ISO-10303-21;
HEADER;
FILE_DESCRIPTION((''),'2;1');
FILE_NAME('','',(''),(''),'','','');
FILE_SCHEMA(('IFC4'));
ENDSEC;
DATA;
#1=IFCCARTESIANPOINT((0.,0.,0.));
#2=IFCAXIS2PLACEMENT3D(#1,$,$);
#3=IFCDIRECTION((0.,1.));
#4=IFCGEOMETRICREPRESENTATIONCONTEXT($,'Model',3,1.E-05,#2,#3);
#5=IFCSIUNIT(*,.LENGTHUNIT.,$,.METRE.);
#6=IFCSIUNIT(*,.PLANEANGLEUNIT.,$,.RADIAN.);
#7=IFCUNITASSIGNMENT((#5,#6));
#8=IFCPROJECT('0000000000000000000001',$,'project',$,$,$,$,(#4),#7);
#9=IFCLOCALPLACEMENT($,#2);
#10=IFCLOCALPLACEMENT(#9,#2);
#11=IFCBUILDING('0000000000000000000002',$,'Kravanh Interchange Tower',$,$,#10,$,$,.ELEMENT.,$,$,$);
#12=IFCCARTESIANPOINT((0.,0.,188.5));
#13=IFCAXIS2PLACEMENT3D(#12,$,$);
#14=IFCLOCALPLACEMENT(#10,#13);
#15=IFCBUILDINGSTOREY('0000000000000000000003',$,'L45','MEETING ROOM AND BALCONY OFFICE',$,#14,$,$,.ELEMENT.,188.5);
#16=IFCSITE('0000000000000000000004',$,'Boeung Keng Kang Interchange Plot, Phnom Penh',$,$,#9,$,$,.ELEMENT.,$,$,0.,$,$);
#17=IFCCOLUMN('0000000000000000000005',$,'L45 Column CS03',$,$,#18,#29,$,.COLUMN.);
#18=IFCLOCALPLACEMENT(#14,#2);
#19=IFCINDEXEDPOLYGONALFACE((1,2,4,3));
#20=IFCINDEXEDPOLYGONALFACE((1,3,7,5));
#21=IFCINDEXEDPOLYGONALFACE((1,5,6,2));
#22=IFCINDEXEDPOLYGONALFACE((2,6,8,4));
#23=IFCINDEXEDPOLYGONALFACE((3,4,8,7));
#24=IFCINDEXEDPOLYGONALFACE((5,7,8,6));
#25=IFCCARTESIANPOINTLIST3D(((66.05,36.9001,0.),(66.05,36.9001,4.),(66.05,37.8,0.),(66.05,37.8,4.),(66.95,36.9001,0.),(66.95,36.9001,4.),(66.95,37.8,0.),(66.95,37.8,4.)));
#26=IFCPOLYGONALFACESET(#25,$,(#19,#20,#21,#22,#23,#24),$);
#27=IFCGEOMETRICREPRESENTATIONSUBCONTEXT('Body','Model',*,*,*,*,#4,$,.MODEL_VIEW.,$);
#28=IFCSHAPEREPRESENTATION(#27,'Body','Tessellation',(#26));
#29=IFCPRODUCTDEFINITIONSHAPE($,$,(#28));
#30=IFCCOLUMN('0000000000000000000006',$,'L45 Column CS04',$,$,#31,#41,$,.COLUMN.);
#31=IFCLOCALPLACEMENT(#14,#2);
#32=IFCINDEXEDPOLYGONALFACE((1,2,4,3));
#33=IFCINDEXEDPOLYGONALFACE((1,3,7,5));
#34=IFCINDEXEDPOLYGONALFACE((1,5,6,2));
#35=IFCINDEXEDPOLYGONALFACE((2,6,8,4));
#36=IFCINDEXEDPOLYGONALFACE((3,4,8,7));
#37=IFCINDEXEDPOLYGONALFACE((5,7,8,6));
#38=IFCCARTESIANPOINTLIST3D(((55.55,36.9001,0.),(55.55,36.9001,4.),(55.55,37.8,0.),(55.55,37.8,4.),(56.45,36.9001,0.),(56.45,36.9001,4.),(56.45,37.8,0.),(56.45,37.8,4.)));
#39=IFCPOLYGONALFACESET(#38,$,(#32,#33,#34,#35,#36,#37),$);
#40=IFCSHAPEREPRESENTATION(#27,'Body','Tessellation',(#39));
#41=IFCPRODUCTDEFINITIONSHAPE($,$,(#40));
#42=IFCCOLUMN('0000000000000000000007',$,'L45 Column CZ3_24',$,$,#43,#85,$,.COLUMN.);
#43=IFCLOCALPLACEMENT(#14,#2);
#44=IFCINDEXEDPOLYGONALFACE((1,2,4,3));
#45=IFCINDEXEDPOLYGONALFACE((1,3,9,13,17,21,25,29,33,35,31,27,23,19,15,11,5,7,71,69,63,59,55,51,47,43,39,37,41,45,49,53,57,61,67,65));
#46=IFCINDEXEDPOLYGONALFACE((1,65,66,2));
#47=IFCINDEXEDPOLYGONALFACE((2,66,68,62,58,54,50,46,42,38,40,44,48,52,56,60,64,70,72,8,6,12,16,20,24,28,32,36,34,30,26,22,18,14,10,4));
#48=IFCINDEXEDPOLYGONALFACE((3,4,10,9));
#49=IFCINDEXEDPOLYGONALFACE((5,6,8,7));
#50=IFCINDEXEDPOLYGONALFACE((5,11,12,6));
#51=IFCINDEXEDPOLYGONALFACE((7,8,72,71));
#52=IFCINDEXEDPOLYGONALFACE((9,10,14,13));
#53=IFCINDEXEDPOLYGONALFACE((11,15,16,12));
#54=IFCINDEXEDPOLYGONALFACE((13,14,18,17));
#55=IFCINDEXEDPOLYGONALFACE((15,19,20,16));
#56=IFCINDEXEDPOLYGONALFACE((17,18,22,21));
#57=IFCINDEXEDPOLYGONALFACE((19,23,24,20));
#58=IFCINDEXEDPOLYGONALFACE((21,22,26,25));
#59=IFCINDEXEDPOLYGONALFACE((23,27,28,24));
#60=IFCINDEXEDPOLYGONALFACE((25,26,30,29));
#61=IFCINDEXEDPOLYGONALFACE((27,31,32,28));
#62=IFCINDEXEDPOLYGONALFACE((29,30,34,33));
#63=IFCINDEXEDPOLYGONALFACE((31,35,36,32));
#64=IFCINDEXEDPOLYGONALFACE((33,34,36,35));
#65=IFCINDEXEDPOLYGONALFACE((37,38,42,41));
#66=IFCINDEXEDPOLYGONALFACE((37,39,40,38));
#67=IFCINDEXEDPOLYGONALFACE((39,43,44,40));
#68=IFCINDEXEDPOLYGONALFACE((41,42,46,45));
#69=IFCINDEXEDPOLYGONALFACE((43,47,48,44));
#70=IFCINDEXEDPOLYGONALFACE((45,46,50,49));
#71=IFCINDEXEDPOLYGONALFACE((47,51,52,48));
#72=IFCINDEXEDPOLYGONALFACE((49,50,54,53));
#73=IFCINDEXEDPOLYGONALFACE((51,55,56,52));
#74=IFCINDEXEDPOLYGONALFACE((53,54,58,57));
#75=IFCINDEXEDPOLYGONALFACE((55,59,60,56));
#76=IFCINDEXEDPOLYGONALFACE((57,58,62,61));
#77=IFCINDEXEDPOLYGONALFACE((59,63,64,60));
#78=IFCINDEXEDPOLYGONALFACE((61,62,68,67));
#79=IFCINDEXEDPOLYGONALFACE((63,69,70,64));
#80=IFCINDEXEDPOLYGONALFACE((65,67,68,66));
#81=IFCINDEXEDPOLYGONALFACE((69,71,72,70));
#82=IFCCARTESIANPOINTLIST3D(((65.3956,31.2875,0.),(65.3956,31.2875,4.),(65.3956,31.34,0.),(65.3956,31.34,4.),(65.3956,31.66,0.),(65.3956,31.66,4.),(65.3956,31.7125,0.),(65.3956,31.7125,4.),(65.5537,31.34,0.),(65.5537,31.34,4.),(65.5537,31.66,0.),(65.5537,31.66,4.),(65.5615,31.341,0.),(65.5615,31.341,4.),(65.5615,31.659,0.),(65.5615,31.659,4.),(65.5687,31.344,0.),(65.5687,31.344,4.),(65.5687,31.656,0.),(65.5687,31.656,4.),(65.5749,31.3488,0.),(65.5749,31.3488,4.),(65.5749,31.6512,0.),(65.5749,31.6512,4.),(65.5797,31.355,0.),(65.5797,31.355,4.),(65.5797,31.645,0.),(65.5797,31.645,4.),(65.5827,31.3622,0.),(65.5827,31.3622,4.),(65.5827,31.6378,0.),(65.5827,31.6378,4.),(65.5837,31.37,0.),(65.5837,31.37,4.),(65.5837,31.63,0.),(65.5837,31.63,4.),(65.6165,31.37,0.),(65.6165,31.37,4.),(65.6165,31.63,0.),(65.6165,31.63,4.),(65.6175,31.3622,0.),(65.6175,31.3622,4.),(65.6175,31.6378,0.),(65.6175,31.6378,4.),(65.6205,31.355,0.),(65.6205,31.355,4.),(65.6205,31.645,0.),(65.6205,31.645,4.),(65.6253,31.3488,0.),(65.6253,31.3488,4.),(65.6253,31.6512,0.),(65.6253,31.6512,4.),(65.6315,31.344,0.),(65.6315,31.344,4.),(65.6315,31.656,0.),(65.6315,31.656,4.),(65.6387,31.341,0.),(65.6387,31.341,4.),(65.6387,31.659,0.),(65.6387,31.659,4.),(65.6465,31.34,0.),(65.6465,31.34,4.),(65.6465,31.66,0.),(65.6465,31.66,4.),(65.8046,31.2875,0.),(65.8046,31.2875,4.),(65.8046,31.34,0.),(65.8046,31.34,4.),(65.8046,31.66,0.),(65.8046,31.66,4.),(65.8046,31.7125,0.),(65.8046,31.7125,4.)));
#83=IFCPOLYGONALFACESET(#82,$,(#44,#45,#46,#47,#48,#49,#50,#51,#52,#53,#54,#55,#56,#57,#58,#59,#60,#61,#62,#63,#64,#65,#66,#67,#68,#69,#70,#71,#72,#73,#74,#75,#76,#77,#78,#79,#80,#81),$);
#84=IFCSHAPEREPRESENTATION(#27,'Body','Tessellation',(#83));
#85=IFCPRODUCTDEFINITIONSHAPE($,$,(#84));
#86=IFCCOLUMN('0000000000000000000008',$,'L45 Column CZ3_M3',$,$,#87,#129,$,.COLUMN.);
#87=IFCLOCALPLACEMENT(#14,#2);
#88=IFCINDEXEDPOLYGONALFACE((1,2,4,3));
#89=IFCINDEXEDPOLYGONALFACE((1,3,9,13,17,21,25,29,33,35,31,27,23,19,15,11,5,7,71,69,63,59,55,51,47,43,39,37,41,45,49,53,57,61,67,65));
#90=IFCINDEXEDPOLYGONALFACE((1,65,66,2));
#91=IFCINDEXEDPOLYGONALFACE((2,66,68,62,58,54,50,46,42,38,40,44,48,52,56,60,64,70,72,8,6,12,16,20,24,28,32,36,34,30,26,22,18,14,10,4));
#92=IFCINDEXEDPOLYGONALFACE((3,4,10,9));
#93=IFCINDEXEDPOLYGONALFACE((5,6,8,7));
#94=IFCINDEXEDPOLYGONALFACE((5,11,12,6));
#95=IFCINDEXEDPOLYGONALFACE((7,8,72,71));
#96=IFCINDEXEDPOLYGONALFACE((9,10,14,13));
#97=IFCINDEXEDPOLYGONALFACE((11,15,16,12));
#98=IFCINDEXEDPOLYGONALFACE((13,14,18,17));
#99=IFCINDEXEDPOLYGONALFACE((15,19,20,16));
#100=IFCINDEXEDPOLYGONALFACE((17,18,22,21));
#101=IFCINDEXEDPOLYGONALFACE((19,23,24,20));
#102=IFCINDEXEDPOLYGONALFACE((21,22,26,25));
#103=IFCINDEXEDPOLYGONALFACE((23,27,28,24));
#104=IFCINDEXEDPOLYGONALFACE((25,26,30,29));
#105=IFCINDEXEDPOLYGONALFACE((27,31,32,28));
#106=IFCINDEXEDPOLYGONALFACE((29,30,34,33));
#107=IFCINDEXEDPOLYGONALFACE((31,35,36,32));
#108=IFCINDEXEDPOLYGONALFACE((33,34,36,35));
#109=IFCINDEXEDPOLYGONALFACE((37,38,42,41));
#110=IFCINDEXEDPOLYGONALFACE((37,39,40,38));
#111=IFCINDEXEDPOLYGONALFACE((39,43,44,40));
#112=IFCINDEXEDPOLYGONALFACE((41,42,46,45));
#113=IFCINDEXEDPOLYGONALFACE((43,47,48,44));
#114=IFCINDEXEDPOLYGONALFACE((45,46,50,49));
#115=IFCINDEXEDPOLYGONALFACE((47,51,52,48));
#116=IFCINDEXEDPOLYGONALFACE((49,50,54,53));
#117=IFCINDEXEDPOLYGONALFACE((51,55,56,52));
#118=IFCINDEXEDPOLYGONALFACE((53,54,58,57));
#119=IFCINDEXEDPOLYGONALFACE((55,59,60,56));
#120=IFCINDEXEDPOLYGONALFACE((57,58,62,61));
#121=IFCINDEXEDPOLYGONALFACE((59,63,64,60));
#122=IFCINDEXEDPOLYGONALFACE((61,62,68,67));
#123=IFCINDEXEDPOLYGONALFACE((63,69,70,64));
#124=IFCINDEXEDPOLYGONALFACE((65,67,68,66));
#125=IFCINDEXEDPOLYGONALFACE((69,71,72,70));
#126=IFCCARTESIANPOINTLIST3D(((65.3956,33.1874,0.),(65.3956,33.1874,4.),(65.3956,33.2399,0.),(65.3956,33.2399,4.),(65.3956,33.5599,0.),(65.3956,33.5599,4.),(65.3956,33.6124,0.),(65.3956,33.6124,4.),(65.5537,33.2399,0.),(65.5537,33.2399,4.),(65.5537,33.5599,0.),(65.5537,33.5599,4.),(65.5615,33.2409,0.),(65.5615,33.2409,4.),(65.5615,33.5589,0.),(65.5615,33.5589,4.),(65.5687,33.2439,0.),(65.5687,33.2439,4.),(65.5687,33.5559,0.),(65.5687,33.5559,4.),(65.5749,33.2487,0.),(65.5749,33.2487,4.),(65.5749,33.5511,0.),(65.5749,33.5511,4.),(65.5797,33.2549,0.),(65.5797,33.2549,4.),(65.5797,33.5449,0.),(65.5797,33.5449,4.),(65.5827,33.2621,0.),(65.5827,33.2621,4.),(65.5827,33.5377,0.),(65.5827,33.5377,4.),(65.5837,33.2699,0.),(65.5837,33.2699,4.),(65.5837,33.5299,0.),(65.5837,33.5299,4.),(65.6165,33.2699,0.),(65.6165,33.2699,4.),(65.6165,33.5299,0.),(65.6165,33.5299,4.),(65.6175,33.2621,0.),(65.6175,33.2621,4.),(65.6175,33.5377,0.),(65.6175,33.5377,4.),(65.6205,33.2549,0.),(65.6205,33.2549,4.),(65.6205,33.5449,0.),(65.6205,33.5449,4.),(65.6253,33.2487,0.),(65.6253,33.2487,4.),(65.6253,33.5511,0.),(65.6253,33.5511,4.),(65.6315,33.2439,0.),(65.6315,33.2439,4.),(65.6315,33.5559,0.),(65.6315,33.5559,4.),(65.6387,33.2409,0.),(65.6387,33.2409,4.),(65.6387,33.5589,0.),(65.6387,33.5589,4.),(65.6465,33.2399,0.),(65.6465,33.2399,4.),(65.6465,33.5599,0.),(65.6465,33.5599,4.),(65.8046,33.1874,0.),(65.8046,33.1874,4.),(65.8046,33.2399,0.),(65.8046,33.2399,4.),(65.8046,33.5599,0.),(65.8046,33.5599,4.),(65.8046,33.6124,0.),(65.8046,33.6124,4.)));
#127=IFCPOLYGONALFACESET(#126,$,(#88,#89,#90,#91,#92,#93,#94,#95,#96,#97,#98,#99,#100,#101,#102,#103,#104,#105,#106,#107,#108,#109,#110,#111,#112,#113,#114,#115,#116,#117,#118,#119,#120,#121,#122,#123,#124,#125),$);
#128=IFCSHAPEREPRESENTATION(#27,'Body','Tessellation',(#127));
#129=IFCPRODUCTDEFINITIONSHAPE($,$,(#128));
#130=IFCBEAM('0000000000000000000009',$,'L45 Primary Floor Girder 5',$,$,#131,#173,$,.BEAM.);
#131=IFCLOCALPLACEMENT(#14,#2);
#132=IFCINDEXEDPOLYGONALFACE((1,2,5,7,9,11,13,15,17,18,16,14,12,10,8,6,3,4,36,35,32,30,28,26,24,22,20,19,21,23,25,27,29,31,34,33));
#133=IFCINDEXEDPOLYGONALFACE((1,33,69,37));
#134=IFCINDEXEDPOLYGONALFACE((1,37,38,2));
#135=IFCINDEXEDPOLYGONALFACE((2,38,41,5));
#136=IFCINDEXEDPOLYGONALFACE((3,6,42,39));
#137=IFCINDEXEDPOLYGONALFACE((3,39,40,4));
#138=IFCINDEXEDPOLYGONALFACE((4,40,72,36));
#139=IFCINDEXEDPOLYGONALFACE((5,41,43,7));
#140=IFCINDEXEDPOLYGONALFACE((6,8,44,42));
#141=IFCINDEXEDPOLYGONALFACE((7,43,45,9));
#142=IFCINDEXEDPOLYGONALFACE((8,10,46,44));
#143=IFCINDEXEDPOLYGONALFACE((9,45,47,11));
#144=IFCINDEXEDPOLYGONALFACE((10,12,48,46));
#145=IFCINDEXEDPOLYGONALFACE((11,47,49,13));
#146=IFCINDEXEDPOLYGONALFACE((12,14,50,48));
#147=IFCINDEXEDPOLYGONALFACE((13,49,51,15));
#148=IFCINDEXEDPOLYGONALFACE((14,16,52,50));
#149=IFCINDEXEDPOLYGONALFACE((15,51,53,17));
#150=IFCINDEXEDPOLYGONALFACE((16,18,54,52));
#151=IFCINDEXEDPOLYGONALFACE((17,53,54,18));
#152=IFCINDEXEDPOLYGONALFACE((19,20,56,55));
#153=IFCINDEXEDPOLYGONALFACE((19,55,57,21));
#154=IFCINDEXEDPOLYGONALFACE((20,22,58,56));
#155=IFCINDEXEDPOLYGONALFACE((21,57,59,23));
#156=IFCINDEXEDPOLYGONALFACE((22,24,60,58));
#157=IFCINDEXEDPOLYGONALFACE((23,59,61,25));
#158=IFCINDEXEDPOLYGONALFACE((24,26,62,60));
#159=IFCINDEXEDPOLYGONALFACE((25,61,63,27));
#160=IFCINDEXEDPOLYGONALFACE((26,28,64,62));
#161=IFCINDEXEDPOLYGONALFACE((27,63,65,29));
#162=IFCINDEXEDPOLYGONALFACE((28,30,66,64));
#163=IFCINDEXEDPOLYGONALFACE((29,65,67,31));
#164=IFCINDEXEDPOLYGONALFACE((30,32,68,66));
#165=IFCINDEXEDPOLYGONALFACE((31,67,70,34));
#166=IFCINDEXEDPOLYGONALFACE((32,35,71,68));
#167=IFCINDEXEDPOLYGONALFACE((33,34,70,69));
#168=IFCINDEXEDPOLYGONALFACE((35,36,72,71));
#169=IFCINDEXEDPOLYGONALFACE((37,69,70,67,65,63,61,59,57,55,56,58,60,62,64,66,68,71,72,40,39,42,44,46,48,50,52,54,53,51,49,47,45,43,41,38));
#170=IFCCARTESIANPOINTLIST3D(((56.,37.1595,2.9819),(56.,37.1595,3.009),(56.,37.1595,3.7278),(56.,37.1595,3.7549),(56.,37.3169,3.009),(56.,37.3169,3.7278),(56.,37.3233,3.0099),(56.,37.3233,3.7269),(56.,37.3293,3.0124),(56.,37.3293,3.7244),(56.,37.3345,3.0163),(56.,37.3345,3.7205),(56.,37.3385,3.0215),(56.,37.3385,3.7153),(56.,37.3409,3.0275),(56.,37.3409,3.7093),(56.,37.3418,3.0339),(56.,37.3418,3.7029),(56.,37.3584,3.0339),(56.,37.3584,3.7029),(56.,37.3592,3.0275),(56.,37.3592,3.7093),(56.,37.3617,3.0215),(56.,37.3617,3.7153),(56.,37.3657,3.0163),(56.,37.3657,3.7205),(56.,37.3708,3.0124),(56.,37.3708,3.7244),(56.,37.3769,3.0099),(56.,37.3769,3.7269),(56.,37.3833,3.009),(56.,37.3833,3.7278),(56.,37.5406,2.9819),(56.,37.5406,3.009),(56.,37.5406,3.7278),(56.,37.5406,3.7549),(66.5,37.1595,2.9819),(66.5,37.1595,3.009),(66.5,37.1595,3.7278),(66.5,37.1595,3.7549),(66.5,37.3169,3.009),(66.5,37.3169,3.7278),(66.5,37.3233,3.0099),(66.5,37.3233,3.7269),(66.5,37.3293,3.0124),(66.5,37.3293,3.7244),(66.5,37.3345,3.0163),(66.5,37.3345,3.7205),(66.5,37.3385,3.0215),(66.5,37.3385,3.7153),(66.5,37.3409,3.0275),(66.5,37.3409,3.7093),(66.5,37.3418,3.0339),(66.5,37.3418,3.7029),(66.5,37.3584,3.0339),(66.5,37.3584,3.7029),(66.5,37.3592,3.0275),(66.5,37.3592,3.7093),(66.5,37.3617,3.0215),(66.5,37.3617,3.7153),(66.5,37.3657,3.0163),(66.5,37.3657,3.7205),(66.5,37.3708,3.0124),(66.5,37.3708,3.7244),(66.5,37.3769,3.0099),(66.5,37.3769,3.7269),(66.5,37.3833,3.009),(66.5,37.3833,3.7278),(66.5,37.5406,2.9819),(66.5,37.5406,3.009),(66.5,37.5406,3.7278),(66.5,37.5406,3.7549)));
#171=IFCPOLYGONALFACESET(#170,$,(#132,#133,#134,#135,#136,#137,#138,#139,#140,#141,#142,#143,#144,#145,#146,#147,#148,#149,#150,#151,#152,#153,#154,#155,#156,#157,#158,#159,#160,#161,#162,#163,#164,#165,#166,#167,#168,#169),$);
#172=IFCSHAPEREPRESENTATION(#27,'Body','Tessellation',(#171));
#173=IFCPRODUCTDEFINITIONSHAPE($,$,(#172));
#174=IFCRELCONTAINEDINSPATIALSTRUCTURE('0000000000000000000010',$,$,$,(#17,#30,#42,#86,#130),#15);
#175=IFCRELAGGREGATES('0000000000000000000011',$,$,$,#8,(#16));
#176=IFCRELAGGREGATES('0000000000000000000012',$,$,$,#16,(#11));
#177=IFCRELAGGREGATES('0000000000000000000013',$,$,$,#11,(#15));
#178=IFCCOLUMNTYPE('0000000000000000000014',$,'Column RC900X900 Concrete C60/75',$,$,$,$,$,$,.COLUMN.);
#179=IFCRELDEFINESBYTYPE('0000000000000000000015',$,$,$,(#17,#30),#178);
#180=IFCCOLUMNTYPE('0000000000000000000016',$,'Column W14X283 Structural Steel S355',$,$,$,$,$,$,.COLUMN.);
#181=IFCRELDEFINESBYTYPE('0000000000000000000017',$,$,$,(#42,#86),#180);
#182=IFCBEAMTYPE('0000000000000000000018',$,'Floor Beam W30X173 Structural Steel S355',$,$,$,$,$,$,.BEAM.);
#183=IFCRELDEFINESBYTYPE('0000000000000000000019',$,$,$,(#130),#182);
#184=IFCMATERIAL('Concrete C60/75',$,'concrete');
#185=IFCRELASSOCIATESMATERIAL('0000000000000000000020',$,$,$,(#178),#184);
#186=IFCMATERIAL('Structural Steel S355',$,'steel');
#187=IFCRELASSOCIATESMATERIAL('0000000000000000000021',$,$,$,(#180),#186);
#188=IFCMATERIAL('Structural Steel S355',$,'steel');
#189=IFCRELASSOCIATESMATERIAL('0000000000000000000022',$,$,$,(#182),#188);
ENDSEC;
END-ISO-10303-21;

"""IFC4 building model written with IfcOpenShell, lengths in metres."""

from ifc_helpers import new_model, si_unit, direction, frame, origin, origin_2d, place, context, subcontext, project, spatial, rectangle, i_section, extrude, material, material_profile, profile_set, type_object, element, save


model = new_model("IFC4")

# Units and contexts
model_context = context("Model", 3, precision=1e-05, world=origin(), true_north=direction((0.0, 1.0)))
body_context = subcontext(model_context, "Body", "Model", "MODEL_VIEW")
ifc_project = project(units=[si_unit("LENGTHUNIT", "METRE"), si_unit("PLANEANGLEUNIT", "RADIAN")], contexts=[model_context])

# Site, building, storey
site_placement = place(None, origin())
site = spatial("IfcSite", under=ifc_project, at=site_placement, Name="Boeung Keng Kang Interchange Plot, Phnom Penh", CompositionType="ELEMENT", RefElevation=0.0)
building_placement = place(site_placement, origin())
building = spatial("IfcBuilding", under=site, at=building_placement, Name="Kravanh Interchange Tower", CompositionType="ELEMENT")
storey_placement = place(building_placement, frame((0.0, 0.0, 188.5)))
storey = spatial("IfcBuildingStorey", under=building, at=storey_placement, Name="L45", Description="MEETING ROOM AND BALCONY OFFICE", CompositionType="ELEMENT", Elevation=188.5)

# Columns
ifc_material_1 = material(Name="Concrete C60/75", Category="concrete")
ifc_material_profile_1 = material_profile(ifc_material_1, rectangle(XDim=0.8999, YDim=0.8999, at=origin_2d()), Name="RC900X900")
ifc_profile_set_1 = profile_set([ifc_material_profile_1], Name="Concrete C60/75")
column_type_1 = type_object("IfcColumnType", Name="Column RC900X900 Concrete C60/75", PredefinedType="COLUMN", material=ifc_profile_set_1)
for number, where, z_axis, x_axis, name in (
    (1, (66.5, 37.3501, 0.0), (0.0, 0.0, 1.0), (1.0, 0.0, 0.0), "L45 Column CS03"),
    (2, (56.0, 37.3501, 0.0), (0.0, 0.0, 1.0), (1.0, 0.0, 0.0), "L45 Column CS04"),
):
    element("IfcColumn", number, at=place(storey_placement, frame(where, z_axis=z_axis, x_axis=x_axis)), inside=storey, type_object=column_type_1, Name=name, PredefinedType="COLUMN", context=body_context, shape_type="SweptSolid", body=[
        extrude(rectangle(XDim=0.8999, YDim=0.8999, at=origin_2d()), origin(), (0.0, 0.0, 1.0), 4.0),
    ])
ifc_material_2 = material(Name="Structural Steel S355", Category="steel")
ifc_material_profile_2 = material_profile(ifc_material_2, i_section(OverallWidth=0.4089, OverallDepth=0.425, WebThickness=0.0327, FlangeThickness=0.0525, FilletRadius=0.03, at=origin_2d()), Name="W14X283")
ifc_profile_set_2 = profile_set([ifc_material_profile_2], Name="Structural Steel S355")
column_type_2 = type_object("IfcColumnType", Name="Column W14X283 Structural Steel S355", PredefinedType="COLUMN", material=ifc_profile_set_2)
for number, where, z_axis, x_axis, name in (
    (3, (65.6001, 31.5, 0.0), (0.0, 0.0, 1.0), (1.0, 0.0, 0.0), "L45 Column CZ3_24"),
    (4, (65.6001, 33.3999, 0.0), (0.0, 0.0, 1.0), (1.0, 0.0, 0.0), "L45 Column CZ3_M3"),
):
    element("IfcColumn", number, at=place(storey_placement, frame(where, z_axis=z_axis, x_axis=x_axis)), inside=storey, type_object=column_type_2, Name=name, PredefinedType="COLUMN", context=body_context, shape_type="SweptSolid", body=[
        extrude(i_section(OverallWidth=0.4089, OverallDepth=0.425, WebThickness=0.0327, FlangeThickness=0.0525, FilletRadius=0.03, at=origin_2d()), origin(), (0.0, 0.0, 1.0), 4.0),
    ])

# Beam
ifc_material_3 = material(Name="Structural Steel S355", Category="steel")
ifc_material_profile_3 = material_profile(ifc_material_3, i_section(OverallWidth=0.3811, OverallDepth=0.7729, WebThickness=0.0166, FlangeThickness=0.0271, FilletRadius=0.0249, at=origin_2d()), Name="W30X173")
ifc_profile_set_3 = profile_set([ifc_material_profile_3], Name="Structural Steel S355")
beam_type_1 = type_object("IfcBeamType", Name="Floor Beam W30X173 Structural Steel S355", PredefinedType="BEAM", material=ifc_profile_set_3)
beam_1_placement = place(storey_placement, frame((66.5, 37.3501, 3.3684), z_axis=(-1.0, 0.0, 0.0), x_axis=(0.0, -1.0, 0.0)))
element("IfcBeam", 5, at=beam_1_placement, inside=storey, type_object=beam_type_1, Name="L45 Primary Floor Girder 5", PredefinedType="BEAM", context=body_context, shape_type="SweptSolid", body=[
    extrude(i_section(OverallWidth=0.3811, OverallDepth=0.7729, WebThickness=0.0166, FlangeThickness=0.0271, FilletRadius=0.0249, at=origin_2d()), origin(), (0.0, 0.0, 1.0), 10.5),
])

save(model, "model.ifc")
